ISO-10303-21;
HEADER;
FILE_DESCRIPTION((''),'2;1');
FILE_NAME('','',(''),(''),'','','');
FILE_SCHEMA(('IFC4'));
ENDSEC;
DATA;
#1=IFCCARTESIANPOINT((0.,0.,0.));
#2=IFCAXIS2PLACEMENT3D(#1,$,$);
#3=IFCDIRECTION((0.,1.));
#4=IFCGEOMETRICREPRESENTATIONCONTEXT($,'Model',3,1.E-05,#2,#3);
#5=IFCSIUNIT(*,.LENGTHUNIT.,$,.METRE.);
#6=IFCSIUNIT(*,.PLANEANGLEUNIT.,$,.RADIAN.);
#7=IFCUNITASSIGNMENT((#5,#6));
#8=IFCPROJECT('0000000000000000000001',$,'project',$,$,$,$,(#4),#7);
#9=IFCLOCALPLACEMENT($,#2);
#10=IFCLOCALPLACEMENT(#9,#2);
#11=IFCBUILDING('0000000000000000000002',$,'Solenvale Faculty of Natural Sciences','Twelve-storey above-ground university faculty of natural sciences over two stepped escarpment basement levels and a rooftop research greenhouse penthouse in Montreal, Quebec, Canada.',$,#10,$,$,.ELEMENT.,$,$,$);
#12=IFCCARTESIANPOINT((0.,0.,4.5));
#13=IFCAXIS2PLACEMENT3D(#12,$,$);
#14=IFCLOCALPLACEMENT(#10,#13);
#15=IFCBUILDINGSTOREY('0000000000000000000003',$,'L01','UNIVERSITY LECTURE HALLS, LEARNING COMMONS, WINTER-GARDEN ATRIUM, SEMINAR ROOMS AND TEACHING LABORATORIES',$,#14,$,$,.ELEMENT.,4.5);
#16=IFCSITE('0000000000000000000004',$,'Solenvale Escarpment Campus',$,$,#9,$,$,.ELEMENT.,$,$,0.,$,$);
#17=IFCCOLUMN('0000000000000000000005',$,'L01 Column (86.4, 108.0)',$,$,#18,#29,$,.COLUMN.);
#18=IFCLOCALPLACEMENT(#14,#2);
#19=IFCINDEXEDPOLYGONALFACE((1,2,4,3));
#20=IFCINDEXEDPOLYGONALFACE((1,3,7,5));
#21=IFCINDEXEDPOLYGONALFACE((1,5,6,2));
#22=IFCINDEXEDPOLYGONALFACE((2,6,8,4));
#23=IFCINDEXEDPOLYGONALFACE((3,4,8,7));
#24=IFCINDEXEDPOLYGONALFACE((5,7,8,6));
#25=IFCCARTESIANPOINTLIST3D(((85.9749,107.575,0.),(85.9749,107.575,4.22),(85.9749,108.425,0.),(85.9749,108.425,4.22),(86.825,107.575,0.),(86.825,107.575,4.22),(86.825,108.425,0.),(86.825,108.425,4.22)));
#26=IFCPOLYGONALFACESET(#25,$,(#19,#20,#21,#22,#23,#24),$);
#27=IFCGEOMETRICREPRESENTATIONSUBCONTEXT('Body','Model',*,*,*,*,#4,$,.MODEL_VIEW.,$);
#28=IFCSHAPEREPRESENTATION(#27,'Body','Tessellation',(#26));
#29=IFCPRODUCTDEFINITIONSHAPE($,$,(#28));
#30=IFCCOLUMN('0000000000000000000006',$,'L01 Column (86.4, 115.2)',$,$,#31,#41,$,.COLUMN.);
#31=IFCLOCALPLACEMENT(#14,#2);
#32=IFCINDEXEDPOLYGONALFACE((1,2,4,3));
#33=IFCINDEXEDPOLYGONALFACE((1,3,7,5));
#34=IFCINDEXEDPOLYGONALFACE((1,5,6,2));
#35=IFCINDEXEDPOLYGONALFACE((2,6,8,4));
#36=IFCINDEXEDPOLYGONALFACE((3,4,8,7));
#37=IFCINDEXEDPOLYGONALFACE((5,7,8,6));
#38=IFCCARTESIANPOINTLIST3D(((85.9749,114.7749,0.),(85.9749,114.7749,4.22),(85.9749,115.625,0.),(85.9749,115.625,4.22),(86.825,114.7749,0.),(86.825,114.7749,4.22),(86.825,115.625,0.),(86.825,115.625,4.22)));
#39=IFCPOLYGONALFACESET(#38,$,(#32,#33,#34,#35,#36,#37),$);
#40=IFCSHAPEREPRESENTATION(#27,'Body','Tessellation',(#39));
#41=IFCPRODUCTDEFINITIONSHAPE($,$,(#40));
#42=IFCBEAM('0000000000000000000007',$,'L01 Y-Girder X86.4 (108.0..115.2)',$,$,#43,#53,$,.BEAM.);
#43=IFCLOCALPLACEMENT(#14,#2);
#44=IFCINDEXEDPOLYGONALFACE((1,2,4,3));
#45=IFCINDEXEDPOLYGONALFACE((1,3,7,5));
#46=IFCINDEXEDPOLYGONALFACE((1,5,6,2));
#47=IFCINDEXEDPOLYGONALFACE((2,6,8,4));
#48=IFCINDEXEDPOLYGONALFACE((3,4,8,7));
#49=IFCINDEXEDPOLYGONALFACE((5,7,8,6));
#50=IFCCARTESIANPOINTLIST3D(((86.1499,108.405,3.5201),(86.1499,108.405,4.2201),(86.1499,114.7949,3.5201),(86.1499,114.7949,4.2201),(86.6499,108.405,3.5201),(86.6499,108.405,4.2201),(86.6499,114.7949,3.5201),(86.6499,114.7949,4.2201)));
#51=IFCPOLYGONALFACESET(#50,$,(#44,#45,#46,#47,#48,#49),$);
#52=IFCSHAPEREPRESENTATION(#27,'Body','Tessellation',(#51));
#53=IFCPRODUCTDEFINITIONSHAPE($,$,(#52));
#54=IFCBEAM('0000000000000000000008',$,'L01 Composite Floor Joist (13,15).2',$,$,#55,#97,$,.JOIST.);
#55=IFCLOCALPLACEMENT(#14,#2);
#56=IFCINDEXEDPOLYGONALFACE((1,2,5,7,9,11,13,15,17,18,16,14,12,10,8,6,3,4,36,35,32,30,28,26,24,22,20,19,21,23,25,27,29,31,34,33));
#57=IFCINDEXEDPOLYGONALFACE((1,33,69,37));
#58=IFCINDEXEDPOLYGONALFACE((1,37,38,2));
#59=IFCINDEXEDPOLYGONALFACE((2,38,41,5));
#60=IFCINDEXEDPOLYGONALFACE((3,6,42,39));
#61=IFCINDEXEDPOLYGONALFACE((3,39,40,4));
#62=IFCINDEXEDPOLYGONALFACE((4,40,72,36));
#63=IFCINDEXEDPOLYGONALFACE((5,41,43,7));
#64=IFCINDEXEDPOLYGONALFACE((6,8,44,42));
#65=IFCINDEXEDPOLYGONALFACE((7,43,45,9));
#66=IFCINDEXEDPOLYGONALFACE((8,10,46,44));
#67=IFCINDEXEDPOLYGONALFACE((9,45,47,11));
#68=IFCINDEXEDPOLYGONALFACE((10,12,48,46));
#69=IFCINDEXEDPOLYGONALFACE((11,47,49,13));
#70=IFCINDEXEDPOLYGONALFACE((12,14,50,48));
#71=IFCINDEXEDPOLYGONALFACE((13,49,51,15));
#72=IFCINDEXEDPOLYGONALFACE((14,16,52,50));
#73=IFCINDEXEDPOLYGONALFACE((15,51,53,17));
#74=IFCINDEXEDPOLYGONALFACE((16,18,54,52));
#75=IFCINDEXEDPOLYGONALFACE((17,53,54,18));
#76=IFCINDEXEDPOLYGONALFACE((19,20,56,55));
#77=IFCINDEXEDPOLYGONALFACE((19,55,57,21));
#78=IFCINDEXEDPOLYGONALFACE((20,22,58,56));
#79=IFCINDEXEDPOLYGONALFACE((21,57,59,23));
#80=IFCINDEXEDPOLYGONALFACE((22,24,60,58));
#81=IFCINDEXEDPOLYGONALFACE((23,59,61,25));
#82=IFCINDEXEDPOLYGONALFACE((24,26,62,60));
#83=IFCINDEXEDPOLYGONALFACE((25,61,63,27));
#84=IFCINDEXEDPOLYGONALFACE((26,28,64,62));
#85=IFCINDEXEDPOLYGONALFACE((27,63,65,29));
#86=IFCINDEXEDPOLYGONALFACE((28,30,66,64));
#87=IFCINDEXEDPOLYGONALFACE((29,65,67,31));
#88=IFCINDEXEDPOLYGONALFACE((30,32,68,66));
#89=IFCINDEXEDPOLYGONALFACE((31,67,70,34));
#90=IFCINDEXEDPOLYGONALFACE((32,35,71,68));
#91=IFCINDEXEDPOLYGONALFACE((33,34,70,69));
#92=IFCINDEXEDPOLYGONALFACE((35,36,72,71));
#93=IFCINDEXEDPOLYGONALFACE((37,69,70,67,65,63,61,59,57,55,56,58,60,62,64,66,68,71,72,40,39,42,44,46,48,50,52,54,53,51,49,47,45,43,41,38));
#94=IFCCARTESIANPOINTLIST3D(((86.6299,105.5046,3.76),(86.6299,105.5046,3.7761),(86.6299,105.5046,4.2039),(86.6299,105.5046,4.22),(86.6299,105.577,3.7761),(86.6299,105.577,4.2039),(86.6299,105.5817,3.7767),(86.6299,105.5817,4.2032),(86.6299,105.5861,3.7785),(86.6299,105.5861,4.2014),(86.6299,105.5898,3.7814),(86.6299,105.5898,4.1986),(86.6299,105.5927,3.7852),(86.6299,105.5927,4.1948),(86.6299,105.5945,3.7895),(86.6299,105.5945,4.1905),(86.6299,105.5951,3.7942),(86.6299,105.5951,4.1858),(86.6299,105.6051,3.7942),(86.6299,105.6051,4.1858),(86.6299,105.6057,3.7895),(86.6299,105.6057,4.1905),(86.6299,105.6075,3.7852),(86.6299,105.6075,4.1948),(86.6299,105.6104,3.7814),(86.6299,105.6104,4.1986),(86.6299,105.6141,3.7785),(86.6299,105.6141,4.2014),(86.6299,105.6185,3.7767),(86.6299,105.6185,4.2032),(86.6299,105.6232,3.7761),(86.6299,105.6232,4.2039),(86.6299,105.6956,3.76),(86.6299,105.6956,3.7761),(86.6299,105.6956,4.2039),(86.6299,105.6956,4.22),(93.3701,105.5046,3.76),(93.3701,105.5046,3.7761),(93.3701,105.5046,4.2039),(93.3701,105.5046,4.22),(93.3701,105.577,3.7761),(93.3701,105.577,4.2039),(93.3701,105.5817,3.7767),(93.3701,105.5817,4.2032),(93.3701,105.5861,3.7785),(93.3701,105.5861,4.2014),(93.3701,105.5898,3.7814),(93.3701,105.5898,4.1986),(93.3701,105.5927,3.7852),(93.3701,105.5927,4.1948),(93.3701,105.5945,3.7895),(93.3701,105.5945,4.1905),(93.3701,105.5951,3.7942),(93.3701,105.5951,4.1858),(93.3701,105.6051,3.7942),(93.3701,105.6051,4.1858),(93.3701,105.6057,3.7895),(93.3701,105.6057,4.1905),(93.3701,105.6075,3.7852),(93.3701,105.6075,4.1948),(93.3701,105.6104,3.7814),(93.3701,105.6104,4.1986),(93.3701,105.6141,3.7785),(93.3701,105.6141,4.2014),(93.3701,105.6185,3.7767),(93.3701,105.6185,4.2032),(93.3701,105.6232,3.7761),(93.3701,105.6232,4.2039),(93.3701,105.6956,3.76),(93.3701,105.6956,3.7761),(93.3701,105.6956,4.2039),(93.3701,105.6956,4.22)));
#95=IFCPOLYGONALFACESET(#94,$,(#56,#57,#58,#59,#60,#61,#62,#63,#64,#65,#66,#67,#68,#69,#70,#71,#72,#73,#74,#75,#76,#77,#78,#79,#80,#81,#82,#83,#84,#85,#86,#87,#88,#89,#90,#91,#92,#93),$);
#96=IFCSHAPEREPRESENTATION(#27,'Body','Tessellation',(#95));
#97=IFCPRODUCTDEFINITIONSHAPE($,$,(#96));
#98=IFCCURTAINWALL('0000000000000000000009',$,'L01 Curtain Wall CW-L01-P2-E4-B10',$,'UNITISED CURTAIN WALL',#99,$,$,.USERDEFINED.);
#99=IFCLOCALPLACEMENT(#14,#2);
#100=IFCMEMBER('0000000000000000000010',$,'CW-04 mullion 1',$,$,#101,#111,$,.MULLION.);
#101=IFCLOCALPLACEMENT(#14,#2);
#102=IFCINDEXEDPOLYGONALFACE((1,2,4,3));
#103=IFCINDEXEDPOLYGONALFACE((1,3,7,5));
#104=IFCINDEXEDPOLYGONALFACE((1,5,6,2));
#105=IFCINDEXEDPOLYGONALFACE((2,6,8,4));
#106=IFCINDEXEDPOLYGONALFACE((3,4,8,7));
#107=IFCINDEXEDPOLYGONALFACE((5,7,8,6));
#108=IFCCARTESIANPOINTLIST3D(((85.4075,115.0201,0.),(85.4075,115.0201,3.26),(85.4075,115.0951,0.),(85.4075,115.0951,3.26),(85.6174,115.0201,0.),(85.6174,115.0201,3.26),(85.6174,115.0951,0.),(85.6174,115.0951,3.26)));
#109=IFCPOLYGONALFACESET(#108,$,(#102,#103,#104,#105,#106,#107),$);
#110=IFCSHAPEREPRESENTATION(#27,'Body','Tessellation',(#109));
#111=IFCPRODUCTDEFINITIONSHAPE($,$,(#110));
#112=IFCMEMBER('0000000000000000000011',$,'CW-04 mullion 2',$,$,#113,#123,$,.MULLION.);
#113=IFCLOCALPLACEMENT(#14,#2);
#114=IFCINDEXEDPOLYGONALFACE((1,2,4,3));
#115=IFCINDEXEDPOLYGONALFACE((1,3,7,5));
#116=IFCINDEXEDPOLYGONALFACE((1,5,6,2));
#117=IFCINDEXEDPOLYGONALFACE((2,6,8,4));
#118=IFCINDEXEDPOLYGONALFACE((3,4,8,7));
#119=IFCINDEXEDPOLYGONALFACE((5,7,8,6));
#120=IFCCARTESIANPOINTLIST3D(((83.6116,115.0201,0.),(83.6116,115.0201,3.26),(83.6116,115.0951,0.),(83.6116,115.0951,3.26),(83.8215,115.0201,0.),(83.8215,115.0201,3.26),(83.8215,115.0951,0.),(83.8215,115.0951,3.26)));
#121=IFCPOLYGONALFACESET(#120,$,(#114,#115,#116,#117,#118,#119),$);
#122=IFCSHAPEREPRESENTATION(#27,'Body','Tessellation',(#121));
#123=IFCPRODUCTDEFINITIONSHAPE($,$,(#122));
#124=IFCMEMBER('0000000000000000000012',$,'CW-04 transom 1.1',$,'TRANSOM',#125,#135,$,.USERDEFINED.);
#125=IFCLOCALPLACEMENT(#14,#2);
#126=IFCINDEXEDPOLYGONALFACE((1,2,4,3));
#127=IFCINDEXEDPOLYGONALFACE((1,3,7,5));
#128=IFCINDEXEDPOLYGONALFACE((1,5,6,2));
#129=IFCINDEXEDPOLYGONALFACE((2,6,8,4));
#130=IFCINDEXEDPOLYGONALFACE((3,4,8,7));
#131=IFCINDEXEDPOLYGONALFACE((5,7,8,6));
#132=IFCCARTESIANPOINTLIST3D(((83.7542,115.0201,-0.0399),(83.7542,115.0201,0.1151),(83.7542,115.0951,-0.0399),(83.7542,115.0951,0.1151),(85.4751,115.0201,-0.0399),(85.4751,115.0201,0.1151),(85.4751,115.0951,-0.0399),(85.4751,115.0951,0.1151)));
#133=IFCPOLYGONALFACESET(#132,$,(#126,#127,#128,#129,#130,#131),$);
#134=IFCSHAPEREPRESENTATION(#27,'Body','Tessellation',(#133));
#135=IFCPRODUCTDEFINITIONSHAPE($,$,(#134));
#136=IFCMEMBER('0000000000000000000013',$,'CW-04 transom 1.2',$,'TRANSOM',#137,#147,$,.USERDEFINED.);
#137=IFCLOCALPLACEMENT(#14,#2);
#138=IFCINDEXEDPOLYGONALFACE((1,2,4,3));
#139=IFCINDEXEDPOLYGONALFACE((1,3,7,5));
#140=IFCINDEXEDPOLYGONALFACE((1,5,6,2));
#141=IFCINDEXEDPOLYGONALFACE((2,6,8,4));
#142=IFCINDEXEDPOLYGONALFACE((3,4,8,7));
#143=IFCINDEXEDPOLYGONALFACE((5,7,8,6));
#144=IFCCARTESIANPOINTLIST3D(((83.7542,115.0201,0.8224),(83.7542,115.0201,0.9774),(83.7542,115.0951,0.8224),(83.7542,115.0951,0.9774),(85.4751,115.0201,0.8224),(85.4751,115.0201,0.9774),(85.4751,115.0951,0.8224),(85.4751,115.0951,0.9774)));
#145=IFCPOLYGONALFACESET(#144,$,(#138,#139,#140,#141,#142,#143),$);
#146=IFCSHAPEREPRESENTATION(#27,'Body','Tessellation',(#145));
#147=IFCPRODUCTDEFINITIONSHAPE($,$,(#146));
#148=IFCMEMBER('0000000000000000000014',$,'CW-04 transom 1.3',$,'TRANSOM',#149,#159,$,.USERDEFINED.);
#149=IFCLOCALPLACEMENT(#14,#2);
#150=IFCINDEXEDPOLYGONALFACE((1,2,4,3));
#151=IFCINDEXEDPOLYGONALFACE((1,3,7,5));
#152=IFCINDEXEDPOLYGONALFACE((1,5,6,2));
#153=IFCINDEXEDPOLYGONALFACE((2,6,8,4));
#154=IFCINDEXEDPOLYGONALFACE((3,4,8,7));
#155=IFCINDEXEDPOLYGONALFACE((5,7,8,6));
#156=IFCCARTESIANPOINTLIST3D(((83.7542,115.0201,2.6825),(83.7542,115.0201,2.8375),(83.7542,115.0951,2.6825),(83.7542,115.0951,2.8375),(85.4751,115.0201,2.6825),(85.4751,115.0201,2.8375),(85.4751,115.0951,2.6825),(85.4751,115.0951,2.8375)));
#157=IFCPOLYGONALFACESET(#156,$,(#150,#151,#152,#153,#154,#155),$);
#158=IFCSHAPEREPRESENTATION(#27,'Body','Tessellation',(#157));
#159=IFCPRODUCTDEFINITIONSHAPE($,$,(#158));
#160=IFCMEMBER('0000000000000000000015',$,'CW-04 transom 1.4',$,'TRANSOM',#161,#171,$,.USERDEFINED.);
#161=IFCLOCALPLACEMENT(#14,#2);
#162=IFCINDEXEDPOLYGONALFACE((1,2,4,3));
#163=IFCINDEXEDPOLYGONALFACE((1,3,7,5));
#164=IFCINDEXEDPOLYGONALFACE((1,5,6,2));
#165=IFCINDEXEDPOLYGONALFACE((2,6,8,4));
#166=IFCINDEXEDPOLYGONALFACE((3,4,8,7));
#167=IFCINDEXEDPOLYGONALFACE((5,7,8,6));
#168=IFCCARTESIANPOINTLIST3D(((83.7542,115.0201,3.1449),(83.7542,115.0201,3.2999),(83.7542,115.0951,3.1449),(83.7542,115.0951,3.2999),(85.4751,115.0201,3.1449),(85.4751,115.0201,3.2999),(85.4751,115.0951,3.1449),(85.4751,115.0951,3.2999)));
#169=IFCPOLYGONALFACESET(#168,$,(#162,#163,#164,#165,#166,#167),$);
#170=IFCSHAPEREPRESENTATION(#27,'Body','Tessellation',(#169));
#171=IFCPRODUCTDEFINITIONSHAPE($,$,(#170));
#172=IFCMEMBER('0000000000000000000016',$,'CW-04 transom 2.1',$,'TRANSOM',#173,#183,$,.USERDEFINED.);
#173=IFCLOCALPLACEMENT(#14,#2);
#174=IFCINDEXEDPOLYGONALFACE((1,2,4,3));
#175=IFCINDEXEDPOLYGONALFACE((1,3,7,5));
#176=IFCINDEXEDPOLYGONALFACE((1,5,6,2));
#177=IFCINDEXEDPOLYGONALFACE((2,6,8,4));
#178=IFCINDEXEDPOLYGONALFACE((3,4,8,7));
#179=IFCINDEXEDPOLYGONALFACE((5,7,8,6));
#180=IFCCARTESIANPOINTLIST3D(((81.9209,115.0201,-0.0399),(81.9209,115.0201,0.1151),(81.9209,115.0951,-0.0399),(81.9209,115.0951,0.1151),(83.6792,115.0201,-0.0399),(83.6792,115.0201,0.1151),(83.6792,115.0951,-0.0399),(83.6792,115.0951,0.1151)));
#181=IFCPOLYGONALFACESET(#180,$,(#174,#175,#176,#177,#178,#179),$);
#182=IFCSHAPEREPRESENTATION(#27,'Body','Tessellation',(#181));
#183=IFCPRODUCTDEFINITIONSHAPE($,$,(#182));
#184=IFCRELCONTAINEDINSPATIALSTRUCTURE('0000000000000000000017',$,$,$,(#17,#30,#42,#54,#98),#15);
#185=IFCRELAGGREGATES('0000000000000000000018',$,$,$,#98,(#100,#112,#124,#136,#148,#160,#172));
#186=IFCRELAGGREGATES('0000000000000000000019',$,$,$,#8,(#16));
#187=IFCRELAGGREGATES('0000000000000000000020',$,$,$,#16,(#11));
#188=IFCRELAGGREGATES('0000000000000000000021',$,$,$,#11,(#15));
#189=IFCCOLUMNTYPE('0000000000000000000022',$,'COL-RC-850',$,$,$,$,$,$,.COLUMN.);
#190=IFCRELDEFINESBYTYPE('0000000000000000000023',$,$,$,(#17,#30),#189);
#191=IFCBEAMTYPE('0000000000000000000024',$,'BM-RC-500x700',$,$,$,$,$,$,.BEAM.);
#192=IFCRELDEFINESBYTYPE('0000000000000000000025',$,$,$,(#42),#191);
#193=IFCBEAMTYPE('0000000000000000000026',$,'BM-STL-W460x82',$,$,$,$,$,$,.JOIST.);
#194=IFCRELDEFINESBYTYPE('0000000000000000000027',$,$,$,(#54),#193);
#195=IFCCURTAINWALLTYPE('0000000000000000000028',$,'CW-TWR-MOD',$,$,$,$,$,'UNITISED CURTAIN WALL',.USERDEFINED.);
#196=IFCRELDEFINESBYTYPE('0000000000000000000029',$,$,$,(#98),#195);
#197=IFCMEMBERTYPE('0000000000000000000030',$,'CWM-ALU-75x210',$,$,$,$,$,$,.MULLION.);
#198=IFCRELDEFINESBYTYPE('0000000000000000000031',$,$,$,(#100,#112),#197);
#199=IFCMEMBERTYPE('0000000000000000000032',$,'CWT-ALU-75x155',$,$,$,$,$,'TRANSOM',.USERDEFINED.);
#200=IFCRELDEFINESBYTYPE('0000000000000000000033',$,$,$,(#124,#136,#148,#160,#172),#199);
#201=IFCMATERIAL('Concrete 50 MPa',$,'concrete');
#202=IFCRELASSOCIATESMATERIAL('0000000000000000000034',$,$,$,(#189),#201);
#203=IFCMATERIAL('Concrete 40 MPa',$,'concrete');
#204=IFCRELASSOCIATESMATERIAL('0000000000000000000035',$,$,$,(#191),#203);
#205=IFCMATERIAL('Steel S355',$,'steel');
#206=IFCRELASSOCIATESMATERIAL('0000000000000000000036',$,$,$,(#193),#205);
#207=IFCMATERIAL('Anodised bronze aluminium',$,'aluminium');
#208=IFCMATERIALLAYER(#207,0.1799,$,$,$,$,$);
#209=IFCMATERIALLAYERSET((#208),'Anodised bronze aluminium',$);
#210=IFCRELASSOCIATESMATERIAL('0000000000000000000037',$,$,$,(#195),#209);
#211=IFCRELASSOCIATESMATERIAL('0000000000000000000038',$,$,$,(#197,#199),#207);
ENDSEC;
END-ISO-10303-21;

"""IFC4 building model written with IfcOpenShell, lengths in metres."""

from ifc_helpers import new_model, si_unit, direction, frame, origin, origin_2d, place, context, subcontext, project, spatial, rectangle, i_section, extrude, material, layer, layer_set, material_profile, profile_set, type_object, element, aggregate, save


model = new_model("IFC4")

# Units and contexts
model_context = context("Model", 3, precision=1e-05, world=origin(), true_north=direction((0.0, 1.0)))
body_context = subcontext(model_context, "Body", "Model", "MODEL_VIEW")
ifc_project = project(units=[si_unit("LENGTHUNIT", "METRE"), si_unit("PLANEANGLEUNIT", "RADIAN")], contexts=[model_context])

# Site, building, storey
site_placement = place(None, origin())
site = spatial("IfcSite", under=ifc_project, at=site_placement, Name="Solenvale Escarpment Campus", CompositionType="ELEMENT", RefElevation=0.0)
building_placement = place(site_placement, origin())
building = spatial("IfcBuilding", under=site, at=building_placement, Name="Solenvale Faculty of Natural Sciences", Description="Twelve-storey above-ground university faculty of natural sciences over two stepped escarpment basement levels and a rooftop research greenhouse penthouse in Montreal, Quebec, Canada.", CompositionType="ELEMENT")
storey_placement = place(building_placement, frame((0.0, 0.0, 4.5)))
storey = spatial("IfcBuildingStorey", under=building, at=storey_placement, Name="L01", Description="UNIVERSITY LECTURE HALLS, LEARNING COMMONS, WINTER-GARDEN ATRIUM, SEMINAR ROOMS AND TEACHING LABORATORIES", CompositionType="ELEMENT", Elevation=4.5)

# Columns
ifc_material_1 = material(Name="Concrete 50 MPa", Category="concrete")
ifc_material_profile_1 = material_profile(ifc_material_1, rectangle(XDim=0.8501, YDim=0.8501, at=origin_2d()), Name="RC-COL-850x850")
ifc_profile_set_1 = profile_set([ifc_material_profile_1], Name="Concrete 50 MPa")
column_type = type_object("IfcColumnType", Name="COL-RC-850", PredefinedType="COLUMN", material=ifc_profile_set_1)
for number, where, z_axis, x_axis, name in (
    (1, (86.3999, 108.0, 0.0), (0.0, 0.0, 1.0), (1.0, 0.0, 0.0), "L01 Column (86.4, 108.0)"),
    (2, (86.3999, 115.2, 0.0), (0.0, 0.0, 1.0), (1.0, 0.0, 0.0), "L01 Column (86.4, 115.2)"),
):
    element("IfcColumn", number, at=place(storey_placement, frame(where, z_axis=z_axis, x_axis=x_axis)), inside=storey, type_object=column_type, Name=name, PredefinedType="COLUMN", context=body_context, shape_type="SweptSolid", body=[
        extrude(rectangle(XDim=0.8501, YDim=0.8501, at=origin_2d()), origin(), (0.0, 0.0, 1.0), 4.22),
    ])

# Beams
ifc_material_2 = material(Name="Concrete 40 MPa", Category="concrete")
ifc_material_profile_2 = material_profile(ifc_material_2, rectangle(XDim=0.5, YDim=0.7, at=origin_2d()), Name="RC-BM-500x700")
ifc_profile_set_2 = profile_set([ifc_material_profile_2], Name="Concrete 40 MPa")
beam_type_1 = type_object("IfcBeamType", Name="BM-RC-500x700", PredefinedType="BEAM", material=ifc_profile_set_2)
beam_1_placement = place(storey_placement, frame((86.3999, 108.405, 3.8701), z_axis=(0.0, 1.0, 0.0), x_axis=(-1.0, 0.0, 0.0)))
element("IfcBeam", 3, at=beam_1_placement, inside=storey, type_object=beam_type_1, Name="L01 Y-Girder X86.4 (108.0..115.2)", PredefinedType="BEAM", context=body_context, shape_type="SweptSolid", body=[
    extrude(rectangle(XDim=0.5, YDim=0.7, at=origin_2d()), origin(), (0.0, 0.0, 1.0), 6.3899),
])
ifc_material_3 = material(Name="Steel S355", Category="steel")
ifc_material_profile_3 = material_profile(ifc_material_3, i_section(OverallWidth=0.1909, OverallDepth=0.46, WebThickness=0.01, FlangeThickness=0.0161, FilletRadius=0.0181, at=origin_2d()), Name="W460x82")
ifc_profile_set_3 = profile_set([ifc_material_profile_3], Name="Steel S355")
beam_type_2 = type_object("IfcBeamType", Name="BM-STL-W460x82", PredefinedType="JOIST", material=ifc_profile_set_3)
beam_2_placement = place(storey_placement, frame((86.6299, 105.6001, 3.99), z_axis=(1.0, 0.0, 0.0), x_axis=(0.0, 1.0, 0.0)))
element("IfcBeam", 4, at=beam_2_placement, inside=storey, type_object=beam_type_2, Name="L01 Composite Floor Joist (13,15).2", PredefinedType="JOIST", context=body_context, shape_type="SweptSolid", body=[
    extrude(i_section(OverallWidth=0.1909, OverallDepth=0.46, WebThickness=0.01, FlangeThickness=0.0161, FilletRadius=0.0181, at=origin_2d()), origin(), (0.0, 0.0, 1.0), 6.7402),
])

# Curtain wall, members
ifc_material_4 = material(Name="Anodised bronze aluminium", Category="aluminium")
ifc_layer_1 = layer(ifc_material_4, 0.1799)
ifc_layer_set_1 = layer_set([ifc_layer_1], Name="Anodised bronze aluminium")
curtain_wall_type = type_object("IfcCurtainWallType", Name="CW-TWR-MOD", ElementType="UNITISED CURTAIN WALL", PredefinedType="USERDEFINED", material=ifc_layer_set_1)
curtain_wall_placement = place(storey_placement, origin())
curtain_wall = element("IfcCurtainWall", 5, at=curtain_wall_placement, inside=storey, type_object=curtain_wall_type, Name="L01 Curtain Wall CW-L01-P2-E4-B10", ObjectType="UNITISED CURTAIN WALL", PredefinedType="USERDEFINED")
ifc_material_profile_4 = material_profile(ifc_material_4, rectangle(XDim=0.075, YDim=0.21, at=origin_2d()), Name="ALU-MUL-75x210")
ifc_profile_set_4 = profile_set([ifc_material_profile_4], Name="Anodised bronze aluminium")
member_type_1 = type_object("IfcMemberType", Name="CWM-ALU-75x210", PredefinedType="MULLION", material=ifc_profile_set_4)
member_1_placement = place(storey_placement, frame((85.5125, 115.0576, 0.0), z_axis=(0.0, 0.0, 1.0), x_axis=(0.0, -1.0, 0.0)))
member_1 = element("IfcMember", 6, at=member_1_placement, type_object=member_type_1, Name="CW-04 mullion 1", PredefinedType="MULLION", context=body_context, shape_type="SweptSolid", body=[
    extrude(rectangle(XDim=0.075, YDim=0.21, at=origin_2d()), origin(), (0.0, 0.0, 1.0), 3.26),
])
member_2_placement = place(storey_placement, frame((83.7166, 115.0576, 0.0), z_axis=(0.0, 0.0, 1.0), x_axis=(0.0, -1.0, 0.0)))
member_2 = element("IfcMember", 7, at=member_2_placement, type_object=member_type_1, Name="CW-04 mullion 2", PredefinedType="MULLION", context=body_context, shape_type="SweptSolid", body=[
    extrude(rectangle(XDim=0.075, YDim=0.21, at=origin_2d()), origin(), (0.0, 0.0, 1.0), 3.26),
])
ifc_material_profile_5 = material_profile(ifc_material_4, rectangle(XDim=0.075, YDim=0.155, at=origin_2d()), Name="ALU-TRN-75x155")
ifc_profile_set_5 = profile_set([ifc_material_profile_5], Name="Anodised bronze aluminium")
member_type_2 = type_object("IfcMemberType", Name="CWT-ALU-75x155", ElementType="TRANSOM", PredefinedType="USERDEFINED", material=ifc_profile_set_5)
member_3_placement = place(storey_placement, frame((85.4751, 115.0576, 0.0376), z_axis=(-1.0, 0.0, 0.0), x_axis=(0.0, -1.0, 0.0)))
member_3 = element("IfcMember", 8, at=member_3_placement, type_object=member_type_2, Name="CW-04 transom 1.1", ObjectType="TRANSOM", PredefinedType="USERDEFINED", context=body_context, shape_type="SweptSolid", body=[
    extrude(rectangle(XDim=0.075, YDim=0.155, at=origin_2d()), origin(), (0.0, 0.0, 1.0), 1.7209),
])
member_4_placement = place(storey_placement, frame((85.4751, 115.0576, 0.8999), z_axis=(-1.0, 0.0, 0.0), x_axis=(0.0, -1.0, 0.0)))
member_4 = element("IfcMember", 9, at=member_4_placement, type_object=member_type_2, Name="CW-04 transom 1.2", ObjectType="TRANSOM", PredefinedType="USERDEFINED", context=body_context, shape_type="SweptSolid", body=[
    extrude(rectangle(XDim=0.075, YDim=0.155, at=origin_2d()), origin(), (0.0, 0.0, 1.0), 1.7209),
])
member_5_placement = place(storey_placement, frame((85.4751, 115.0576, 2.76), z_axis=(-1.0, 0.0, 0.0), x_axis=(0.0, -1.0, 0.0)))
member_5 = element("IfcMember", 10, at=member_5_placement, type_object=member_type_2, Name="CW-04 transom 1.3", ObjectType="TRANSOM", PredefinedType="USERDEFINED", context=body_context, shape_type="SweptSolid", body=[
    extrude(rectangle(XDim=0.075, YDim=0.155, at=origin_2d()), origin(), (0.0, 0.0, 1.0), 1.7209),
])
member_6_placement = place(storey_placement, frame((85.4751, 115.0576, 3.2224), z_axis=(-1.0, 0.0, 0.0), x_axis=(0.0, -1.0, 0.0)))
member_6 = element("IfcMember", 11, at=member_6_placement, type_object=member_type_2, Name="CW-04 transom 1.4", ObjectType="TRANSOM", PredefinedType="USERDEFINED", context=body_context, shape_type="SweptSolid", body=[
    extrude(rectangle(XDim=0.075, YDim=0.155, at=origin_2d()), origin(), (0.0, 0.0, 1.0), 1.7209),
])
member_7_placement = place(storey_placement, frame((83.6792, 115.0576, 0.0376), z_axis=(-1.0, 0.0, 0.0), x_axis=(0.0, -1.0, 0.0)))
member_7 = element("IfcMember", 12, at=member_7_placement, type_object=member_type_2, Name="CW-04 transom 2.1", ObjectType="TRANSOM", PredefinedType="USERDEFINED", context=body_context, shape_type="SweptSolid", body=[
    extrude(rectangle(XDim=0.075, YDim=0.155, at=origin_2d()), origin(), (0.0, 0.0, 1.0), 1.7583),
])
aggregate(curtain_wall, [member_1, member_2, member_3, member_4, member_5, member_6, member_7])

save(model, "model.ifc")
